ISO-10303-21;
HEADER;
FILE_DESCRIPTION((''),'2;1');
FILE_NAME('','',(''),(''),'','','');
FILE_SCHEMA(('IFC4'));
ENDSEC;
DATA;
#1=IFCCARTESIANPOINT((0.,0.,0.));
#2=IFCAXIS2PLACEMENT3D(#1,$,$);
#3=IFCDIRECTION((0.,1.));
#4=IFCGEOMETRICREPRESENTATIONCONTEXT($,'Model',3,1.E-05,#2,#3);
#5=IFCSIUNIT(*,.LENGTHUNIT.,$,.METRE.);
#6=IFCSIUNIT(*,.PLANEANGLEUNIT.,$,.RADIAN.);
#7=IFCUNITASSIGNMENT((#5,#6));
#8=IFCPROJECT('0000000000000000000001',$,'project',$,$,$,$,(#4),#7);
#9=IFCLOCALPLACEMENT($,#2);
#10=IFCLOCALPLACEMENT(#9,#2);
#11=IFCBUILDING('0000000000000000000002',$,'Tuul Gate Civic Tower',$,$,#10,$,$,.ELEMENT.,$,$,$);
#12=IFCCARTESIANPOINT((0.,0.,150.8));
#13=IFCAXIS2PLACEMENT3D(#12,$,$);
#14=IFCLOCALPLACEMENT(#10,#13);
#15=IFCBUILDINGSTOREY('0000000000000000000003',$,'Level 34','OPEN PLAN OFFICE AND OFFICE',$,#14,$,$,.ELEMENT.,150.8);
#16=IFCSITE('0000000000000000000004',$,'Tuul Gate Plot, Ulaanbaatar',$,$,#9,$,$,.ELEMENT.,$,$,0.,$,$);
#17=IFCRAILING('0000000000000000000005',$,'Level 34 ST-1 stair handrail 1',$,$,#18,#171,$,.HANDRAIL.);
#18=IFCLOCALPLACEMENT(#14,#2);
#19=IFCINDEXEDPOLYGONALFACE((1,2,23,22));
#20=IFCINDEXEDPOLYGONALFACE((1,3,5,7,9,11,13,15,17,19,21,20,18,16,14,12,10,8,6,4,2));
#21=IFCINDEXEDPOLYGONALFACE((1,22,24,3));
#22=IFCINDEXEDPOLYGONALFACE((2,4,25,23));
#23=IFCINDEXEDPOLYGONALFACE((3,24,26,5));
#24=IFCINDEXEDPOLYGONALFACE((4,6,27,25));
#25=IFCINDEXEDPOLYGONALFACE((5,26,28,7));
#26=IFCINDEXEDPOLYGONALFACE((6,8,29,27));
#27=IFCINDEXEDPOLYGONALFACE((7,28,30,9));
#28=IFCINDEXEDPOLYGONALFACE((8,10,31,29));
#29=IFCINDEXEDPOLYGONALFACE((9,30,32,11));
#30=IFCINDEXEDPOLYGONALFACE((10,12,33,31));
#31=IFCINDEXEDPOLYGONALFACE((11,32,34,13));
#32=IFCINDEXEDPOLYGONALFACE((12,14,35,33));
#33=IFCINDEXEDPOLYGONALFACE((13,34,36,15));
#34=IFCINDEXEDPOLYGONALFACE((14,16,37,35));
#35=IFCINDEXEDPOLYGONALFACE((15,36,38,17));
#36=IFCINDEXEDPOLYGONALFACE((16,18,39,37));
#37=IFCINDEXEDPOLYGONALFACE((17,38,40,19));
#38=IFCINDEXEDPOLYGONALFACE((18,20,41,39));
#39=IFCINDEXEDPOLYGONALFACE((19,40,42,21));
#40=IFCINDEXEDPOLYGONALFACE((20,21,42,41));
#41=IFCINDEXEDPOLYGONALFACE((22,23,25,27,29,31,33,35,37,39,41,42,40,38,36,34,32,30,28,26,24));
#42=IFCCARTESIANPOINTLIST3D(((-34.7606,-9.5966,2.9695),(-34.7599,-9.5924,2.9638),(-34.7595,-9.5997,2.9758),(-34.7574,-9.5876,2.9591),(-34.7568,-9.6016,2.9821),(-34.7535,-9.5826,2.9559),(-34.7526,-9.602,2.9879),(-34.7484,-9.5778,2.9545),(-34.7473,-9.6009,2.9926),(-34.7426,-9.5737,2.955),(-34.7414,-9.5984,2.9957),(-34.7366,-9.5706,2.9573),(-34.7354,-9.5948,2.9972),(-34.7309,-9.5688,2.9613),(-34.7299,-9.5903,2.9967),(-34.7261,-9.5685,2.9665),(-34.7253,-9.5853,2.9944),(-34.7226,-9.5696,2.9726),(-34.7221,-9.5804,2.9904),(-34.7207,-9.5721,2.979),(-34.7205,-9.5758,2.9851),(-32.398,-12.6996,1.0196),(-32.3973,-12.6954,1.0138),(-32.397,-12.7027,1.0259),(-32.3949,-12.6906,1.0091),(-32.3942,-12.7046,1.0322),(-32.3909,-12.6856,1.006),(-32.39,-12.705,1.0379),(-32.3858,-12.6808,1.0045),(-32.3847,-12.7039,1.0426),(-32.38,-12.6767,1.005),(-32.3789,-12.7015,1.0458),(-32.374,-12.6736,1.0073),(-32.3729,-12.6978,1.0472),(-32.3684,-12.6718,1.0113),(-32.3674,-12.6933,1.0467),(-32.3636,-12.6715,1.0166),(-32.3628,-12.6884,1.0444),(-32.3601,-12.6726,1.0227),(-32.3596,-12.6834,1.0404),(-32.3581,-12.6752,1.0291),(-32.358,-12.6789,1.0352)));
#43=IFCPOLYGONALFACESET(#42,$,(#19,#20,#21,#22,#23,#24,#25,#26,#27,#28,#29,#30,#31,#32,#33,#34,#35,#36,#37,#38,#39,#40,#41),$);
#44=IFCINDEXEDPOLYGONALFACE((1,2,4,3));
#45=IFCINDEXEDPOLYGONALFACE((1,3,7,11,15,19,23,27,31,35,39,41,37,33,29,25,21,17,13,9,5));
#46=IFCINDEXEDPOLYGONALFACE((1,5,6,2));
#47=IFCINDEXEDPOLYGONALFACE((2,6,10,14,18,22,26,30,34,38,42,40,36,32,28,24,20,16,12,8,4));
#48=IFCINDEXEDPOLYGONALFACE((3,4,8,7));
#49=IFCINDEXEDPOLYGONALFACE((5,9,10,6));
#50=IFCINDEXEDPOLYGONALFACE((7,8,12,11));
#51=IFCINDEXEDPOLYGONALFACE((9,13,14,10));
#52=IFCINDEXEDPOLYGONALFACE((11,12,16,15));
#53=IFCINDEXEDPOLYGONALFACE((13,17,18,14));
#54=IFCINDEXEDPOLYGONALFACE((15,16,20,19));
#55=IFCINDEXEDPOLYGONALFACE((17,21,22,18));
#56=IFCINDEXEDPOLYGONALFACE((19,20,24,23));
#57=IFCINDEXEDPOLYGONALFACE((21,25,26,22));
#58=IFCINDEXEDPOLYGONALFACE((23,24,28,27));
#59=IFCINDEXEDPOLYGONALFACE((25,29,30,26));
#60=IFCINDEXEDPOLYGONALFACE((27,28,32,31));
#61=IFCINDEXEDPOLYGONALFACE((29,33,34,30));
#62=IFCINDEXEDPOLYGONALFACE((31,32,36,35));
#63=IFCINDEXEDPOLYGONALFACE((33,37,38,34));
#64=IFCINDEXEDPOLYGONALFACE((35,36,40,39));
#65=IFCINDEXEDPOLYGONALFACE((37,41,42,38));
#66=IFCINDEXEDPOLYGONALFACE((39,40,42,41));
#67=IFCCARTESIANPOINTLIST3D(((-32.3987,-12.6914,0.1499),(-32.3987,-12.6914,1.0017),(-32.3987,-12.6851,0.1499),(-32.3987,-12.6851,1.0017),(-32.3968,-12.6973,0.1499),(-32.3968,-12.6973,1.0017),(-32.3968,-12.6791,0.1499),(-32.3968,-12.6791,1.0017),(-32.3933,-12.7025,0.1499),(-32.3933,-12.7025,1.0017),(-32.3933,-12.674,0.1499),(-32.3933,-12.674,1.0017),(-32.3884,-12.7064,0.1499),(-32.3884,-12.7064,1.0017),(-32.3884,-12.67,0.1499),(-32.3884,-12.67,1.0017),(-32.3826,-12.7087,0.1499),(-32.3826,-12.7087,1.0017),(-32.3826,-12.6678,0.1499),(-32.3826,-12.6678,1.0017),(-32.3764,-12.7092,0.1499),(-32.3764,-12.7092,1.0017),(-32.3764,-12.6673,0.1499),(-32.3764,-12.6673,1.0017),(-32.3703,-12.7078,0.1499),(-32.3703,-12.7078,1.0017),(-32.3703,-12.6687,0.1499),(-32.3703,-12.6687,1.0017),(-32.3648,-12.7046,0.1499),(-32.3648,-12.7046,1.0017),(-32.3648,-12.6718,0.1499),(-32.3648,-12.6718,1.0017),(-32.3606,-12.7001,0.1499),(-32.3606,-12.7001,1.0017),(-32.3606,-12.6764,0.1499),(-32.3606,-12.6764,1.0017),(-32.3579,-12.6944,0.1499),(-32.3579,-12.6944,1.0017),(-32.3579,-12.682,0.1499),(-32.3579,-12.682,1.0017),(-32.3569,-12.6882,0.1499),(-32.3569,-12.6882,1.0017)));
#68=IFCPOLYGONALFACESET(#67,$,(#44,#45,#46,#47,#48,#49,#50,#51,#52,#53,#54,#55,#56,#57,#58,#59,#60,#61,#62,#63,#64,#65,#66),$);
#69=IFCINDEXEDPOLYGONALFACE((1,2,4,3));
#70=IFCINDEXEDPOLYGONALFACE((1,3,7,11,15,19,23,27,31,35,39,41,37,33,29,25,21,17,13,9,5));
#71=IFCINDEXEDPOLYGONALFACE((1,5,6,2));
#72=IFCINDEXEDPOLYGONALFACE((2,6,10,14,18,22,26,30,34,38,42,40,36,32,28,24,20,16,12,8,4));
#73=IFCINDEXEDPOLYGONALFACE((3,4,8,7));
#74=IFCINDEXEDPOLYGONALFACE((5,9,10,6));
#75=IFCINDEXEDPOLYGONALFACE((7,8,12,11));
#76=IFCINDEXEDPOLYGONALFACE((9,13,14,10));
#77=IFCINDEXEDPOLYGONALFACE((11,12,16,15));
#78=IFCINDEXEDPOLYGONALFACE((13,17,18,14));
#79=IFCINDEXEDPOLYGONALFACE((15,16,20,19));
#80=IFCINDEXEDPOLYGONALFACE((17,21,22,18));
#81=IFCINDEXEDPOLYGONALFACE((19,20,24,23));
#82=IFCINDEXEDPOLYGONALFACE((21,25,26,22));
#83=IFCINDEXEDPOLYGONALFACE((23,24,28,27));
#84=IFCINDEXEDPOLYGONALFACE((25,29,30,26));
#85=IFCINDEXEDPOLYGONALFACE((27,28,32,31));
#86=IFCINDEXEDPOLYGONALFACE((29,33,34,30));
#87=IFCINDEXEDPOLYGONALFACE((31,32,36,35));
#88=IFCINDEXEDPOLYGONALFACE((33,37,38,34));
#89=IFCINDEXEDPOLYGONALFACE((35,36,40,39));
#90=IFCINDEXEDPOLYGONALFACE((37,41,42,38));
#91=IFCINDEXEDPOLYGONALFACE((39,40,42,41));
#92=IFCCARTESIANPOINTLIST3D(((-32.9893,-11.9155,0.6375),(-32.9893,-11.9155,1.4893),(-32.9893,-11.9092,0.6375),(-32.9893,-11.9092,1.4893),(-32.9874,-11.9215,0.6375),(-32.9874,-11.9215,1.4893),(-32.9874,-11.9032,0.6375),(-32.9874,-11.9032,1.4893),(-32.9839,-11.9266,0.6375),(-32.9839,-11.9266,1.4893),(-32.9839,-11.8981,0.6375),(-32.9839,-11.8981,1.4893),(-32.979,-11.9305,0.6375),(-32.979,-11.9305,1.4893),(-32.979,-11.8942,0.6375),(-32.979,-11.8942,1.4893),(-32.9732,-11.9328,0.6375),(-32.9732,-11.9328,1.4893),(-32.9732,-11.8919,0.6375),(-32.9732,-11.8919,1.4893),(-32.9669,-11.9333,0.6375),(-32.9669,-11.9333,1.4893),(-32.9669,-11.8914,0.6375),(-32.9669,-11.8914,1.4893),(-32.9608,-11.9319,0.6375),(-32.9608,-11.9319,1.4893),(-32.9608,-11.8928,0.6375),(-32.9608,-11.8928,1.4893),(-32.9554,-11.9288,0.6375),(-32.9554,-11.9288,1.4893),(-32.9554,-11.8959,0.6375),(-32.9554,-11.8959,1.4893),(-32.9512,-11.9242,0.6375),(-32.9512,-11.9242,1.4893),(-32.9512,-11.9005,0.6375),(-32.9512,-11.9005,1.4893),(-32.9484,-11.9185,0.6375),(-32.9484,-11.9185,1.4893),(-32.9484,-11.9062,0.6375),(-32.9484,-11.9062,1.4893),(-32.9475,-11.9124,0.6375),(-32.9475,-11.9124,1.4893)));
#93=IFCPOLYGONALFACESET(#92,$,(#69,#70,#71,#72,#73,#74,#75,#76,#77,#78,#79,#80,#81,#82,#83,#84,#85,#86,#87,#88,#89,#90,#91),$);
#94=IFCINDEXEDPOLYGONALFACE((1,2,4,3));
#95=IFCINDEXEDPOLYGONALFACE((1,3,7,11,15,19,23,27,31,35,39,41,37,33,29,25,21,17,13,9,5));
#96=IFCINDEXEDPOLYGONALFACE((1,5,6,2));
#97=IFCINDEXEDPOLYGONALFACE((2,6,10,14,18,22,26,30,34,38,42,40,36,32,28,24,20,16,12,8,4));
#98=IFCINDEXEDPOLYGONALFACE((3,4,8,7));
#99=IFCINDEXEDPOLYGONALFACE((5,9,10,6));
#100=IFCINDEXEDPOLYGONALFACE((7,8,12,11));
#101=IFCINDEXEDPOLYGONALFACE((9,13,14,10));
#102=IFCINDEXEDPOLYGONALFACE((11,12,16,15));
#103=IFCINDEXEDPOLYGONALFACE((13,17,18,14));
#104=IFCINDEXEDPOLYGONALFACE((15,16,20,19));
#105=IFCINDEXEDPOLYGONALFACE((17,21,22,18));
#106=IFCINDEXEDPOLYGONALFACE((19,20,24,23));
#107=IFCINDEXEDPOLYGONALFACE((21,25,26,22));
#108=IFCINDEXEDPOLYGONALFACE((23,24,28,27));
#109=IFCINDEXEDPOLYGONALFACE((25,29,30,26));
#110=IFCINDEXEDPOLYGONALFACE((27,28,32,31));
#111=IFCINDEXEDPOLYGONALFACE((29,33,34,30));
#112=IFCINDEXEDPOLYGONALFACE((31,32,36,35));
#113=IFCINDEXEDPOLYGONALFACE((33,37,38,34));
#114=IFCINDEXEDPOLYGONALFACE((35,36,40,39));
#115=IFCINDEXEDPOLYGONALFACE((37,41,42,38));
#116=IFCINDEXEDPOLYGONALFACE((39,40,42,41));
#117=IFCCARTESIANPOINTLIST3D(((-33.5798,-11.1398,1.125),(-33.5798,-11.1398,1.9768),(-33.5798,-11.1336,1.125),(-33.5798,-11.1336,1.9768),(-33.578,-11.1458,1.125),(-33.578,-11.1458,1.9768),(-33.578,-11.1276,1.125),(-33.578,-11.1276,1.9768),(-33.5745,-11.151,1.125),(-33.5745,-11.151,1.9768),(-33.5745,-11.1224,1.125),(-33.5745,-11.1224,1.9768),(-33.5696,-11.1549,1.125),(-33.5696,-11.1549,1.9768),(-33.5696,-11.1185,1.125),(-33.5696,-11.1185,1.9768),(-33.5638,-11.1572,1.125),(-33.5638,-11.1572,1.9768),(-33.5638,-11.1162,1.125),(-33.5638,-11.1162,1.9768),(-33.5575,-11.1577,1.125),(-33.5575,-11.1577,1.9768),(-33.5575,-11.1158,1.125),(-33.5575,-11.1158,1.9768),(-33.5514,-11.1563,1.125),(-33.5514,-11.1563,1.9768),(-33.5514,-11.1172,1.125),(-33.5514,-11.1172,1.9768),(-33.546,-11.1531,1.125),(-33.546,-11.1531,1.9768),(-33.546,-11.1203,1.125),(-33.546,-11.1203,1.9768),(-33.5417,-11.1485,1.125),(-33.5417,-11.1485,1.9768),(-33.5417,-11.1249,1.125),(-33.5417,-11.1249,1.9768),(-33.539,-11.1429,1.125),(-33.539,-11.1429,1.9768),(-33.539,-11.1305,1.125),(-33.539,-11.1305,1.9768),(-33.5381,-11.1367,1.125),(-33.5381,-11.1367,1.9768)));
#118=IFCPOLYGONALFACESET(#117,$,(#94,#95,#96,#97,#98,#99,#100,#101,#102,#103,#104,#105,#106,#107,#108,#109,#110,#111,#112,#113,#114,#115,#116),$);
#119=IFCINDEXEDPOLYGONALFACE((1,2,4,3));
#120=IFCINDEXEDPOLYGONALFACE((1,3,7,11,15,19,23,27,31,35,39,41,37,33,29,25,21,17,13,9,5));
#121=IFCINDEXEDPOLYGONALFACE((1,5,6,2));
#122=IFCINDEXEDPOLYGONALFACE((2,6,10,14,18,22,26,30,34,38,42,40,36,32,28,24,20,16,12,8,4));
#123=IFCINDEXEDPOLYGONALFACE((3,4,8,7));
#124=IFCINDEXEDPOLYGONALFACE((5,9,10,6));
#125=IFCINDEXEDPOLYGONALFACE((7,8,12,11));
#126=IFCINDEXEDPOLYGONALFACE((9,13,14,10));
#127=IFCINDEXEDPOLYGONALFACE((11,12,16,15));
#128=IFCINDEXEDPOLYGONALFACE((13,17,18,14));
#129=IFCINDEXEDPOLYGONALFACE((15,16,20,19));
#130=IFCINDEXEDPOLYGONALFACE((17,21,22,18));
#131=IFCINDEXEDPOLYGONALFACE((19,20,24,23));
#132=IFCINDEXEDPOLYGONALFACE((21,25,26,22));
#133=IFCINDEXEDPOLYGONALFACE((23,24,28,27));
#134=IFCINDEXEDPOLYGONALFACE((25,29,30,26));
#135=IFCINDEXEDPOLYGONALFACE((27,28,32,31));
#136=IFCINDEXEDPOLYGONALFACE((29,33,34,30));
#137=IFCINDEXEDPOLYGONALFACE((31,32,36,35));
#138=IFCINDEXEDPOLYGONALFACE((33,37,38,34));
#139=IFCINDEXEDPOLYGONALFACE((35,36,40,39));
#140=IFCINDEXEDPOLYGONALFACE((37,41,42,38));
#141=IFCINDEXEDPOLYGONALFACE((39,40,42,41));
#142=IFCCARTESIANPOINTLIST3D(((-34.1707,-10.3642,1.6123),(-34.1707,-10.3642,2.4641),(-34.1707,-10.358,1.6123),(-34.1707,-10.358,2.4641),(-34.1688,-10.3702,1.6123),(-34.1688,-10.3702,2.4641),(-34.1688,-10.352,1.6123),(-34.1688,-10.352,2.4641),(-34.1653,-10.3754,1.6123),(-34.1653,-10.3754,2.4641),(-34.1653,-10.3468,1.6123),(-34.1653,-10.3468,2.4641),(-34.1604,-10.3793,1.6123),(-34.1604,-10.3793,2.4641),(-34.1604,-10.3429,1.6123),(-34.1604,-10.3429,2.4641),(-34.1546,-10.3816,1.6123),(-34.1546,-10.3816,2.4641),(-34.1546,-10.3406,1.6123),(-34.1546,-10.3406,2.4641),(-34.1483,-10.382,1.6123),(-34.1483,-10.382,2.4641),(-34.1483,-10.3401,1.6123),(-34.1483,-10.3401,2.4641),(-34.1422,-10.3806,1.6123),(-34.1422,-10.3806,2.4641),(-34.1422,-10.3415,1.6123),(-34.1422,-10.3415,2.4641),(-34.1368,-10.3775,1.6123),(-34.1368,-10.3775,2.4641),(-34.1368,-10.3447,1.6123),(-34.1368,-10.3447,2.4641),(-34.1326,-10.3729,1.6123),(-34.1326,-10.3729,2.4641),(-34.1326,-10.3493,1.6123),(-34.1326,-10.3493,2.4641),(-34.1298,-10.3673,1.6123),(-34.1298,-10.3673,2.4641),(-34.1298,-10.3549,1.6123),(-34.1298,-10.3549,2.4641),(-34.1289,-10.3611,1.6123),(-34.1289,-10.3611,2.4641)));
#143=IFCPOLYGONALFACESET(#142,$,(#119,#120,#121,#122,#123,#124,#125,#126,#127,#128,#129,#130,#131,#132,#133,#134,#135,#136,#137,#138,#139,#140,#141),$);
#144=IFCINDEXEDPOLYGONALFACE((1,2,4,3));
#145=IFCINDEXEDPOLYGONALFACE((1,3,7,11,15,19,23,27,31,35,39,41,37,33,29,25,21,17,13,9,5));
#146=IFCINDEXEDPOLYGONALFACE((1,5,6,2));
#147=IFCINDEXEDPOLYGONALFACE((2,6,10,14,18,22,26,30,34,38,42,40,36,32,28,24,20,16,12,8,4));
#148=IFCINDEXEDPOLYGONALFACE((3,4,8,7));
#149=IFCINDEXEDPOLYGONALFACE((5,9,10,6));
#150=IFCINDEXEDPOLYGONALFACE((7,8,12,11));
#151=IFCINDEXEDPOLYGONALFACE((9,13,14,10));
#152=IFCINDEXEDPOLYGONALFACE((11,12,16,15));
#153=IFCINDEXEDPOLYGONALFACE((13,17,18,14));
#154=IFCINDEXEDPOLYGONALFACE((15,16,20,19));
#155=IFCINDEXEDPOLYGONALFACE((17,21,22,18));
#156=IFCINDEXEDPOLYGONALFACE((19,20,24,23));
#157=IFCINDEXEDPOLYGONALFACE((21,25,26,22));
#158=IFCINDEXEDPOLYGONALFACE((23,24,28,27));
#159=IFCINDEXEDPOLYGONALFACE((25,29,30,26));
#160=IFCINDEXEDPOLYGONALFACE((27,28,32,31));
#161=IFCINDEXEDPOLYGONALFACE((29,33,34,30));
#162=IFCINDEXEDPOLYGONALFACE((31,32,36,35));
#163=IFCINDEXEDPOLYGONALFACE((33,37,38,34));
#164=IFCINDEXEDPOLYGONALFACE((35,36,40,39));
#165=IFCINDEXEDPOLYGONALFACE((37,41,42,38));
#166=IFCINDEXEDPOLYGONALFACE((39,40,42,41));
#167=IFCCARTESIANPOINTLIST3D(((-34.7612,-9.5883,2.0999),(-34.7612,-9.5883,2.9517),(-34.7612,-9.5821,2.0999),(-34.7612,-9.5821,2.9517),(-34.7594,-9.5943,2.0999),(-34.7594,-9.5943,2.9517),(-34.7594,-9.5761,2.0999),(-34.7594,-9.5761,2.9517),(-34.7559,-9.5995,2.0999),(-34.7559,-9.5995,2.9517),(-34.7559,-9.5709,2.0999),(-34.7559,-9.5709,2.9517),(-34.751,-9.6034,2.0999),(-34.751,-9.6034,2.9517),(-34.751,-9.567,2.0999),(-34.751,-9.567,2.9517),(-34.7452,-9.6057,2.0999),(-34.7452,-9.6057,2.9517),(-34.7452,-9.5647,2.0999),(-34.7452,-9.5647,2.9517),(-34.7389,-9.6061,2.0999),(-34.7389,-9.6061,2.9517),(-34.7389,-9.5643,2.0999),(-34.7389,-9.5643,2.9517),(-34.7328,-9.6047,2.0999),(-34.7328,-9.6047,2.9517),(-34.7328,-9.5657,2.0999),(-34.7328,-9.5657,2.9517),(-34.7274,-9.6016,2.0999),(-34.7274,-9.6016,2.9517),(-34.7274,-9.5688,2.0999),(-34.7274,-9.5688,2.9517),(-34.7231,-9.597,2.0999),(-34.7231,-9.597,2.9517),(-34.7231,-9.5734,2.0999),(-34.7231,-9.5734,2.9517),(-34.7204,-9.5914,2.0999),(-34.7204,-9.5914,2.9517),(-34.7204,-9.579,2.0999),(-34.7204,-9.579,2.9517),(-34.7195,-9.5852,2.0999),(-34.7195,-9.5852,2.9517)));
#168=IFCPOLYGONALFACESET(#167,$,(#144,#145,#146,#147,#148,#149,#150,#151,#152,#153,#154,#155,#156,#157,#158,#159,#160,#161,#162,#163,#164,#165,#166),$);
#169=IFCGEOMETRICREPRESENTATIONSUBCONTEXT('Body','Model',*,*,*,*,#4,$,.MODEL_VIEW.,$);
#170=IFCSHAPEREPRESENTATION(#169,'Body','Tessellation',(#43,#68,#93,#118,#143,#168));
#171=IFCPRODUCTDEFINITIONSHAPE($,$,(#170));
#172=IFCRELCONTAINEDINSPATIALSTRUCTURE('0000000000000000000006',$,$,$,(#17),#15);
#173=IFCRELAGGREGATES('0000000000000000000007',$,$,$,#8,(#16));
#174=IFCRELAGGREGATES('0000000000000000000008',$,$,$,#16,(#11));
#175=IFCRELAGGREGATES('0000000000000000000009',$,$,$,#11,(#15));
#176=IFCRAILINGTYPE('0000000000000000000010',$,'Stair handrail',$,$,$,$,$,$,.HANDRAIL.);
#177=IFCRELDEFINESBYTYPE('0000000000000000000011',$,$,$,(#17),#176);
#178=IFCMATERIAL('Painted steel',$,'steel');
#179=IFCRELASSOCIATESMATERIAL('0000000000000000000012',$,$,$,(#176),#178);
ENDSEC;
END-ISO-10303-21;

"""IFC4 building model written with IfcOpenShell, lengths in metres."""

from ifc_helpers import new_model, si_unit, direction, frame, origin, origin_2d, place, context, subcontext, project, spatial, circle, extrude, material, type_object, element, save


model = new_model("IFC4")

# Units and contexts
model_context = context("Model", 3, precision=1e-05, world=origin(), true_north=direction((0.0, 1.0)))
body_context = subcontext(model_context, "Body", "Model", "MODEL_VIEW")
ifc_project = project(units=[si_unit("LENGTHUNIT", "METRE"), si_unit("PLANEANGLEUNIT", "RADIAN")], contexts=[model_context])

# Site, building, storey
site_placement = place(None, origin())
site = spatial("IfcSite", under=ifc_project, at=site_placement, Name="Tuul Gate Plot, Ulaanbaatar", CompositionType="ELEMENT", RefElevation=0.0)
building_placement = place(site_placement, origin())
building = spatial("IfcBuilding", under=site, at=building_placement, Name="Tuul Gate Civic Tower", CompositionType="ELEMENT")
storey_placement = place(building_placement, frame((0.0, 0.0, 150.8)))
storey = spatial("IfcBuildingStorey", under=building, at=storey_placement, Name="Level 34", Description="OPEN PLAN OFFICE AND OFFICE", CompositionType="ELEMENT", Elevation=150.8)

# Railing
ifc_material_1 = material(Name="Painted steel", Category="steel")
railing_type_1 = type_object("IfcRailingType", Name="Stair handrail", PredefinedType="HANDRAIL", material=ifc_material_1)
railing_1_placement = place(storey_placement, frame((-32.3779, -12.6882, 0.1499)))
element("IfcRailing", 1, at=railing_1_placement, inside=storey, type_object=railing_type_1, Name="Level 34 ST-1 stair handrail 1", PredefinedType="HANDRAIL", context=body_context, shape_type="SweptSolid", body=[
    extrude(circle(Radius=0.0239, at=origin_2d()), frame((0.0, 0.0, 0.876), z_axis=(-0.541824, 0.711645, 0.4472), x_axis=(-0.795637, -0.605773, 0.0)), (0.0, 0.0, 1.0), 4.3604),
    extrude(circle(Radius=0.021, at=origin_2d()), origin(), (0.0, 0.0, 1.0), 0.8518),
    extrude(circle(Radius=0.021, at=origin_2d()), frame((-0.5906, 0.7759, 0.4875)), (0.0, 0.0, 1.0), 0.8518),
    extrude(circle(Radius=0.021, at=origin_2d()), frame((-1.1812, 1.5515, 0.9751)), (0.0, 0.0, 1.0), 0.8518),
    extrude(circle(Radius=0.021, at=origin_2d()), frame((-1.772, 2.3271, 1.4624)), (0.0, 0.0, 1.0), 0.8518),
    extrude(circle(Radius=0.021, at=origin_2d()), frame((-2.3625, 3.103, 1.95)), (0.0, 0.0, 1.0), 0.8518),
])

save(model, "model.ifc")
